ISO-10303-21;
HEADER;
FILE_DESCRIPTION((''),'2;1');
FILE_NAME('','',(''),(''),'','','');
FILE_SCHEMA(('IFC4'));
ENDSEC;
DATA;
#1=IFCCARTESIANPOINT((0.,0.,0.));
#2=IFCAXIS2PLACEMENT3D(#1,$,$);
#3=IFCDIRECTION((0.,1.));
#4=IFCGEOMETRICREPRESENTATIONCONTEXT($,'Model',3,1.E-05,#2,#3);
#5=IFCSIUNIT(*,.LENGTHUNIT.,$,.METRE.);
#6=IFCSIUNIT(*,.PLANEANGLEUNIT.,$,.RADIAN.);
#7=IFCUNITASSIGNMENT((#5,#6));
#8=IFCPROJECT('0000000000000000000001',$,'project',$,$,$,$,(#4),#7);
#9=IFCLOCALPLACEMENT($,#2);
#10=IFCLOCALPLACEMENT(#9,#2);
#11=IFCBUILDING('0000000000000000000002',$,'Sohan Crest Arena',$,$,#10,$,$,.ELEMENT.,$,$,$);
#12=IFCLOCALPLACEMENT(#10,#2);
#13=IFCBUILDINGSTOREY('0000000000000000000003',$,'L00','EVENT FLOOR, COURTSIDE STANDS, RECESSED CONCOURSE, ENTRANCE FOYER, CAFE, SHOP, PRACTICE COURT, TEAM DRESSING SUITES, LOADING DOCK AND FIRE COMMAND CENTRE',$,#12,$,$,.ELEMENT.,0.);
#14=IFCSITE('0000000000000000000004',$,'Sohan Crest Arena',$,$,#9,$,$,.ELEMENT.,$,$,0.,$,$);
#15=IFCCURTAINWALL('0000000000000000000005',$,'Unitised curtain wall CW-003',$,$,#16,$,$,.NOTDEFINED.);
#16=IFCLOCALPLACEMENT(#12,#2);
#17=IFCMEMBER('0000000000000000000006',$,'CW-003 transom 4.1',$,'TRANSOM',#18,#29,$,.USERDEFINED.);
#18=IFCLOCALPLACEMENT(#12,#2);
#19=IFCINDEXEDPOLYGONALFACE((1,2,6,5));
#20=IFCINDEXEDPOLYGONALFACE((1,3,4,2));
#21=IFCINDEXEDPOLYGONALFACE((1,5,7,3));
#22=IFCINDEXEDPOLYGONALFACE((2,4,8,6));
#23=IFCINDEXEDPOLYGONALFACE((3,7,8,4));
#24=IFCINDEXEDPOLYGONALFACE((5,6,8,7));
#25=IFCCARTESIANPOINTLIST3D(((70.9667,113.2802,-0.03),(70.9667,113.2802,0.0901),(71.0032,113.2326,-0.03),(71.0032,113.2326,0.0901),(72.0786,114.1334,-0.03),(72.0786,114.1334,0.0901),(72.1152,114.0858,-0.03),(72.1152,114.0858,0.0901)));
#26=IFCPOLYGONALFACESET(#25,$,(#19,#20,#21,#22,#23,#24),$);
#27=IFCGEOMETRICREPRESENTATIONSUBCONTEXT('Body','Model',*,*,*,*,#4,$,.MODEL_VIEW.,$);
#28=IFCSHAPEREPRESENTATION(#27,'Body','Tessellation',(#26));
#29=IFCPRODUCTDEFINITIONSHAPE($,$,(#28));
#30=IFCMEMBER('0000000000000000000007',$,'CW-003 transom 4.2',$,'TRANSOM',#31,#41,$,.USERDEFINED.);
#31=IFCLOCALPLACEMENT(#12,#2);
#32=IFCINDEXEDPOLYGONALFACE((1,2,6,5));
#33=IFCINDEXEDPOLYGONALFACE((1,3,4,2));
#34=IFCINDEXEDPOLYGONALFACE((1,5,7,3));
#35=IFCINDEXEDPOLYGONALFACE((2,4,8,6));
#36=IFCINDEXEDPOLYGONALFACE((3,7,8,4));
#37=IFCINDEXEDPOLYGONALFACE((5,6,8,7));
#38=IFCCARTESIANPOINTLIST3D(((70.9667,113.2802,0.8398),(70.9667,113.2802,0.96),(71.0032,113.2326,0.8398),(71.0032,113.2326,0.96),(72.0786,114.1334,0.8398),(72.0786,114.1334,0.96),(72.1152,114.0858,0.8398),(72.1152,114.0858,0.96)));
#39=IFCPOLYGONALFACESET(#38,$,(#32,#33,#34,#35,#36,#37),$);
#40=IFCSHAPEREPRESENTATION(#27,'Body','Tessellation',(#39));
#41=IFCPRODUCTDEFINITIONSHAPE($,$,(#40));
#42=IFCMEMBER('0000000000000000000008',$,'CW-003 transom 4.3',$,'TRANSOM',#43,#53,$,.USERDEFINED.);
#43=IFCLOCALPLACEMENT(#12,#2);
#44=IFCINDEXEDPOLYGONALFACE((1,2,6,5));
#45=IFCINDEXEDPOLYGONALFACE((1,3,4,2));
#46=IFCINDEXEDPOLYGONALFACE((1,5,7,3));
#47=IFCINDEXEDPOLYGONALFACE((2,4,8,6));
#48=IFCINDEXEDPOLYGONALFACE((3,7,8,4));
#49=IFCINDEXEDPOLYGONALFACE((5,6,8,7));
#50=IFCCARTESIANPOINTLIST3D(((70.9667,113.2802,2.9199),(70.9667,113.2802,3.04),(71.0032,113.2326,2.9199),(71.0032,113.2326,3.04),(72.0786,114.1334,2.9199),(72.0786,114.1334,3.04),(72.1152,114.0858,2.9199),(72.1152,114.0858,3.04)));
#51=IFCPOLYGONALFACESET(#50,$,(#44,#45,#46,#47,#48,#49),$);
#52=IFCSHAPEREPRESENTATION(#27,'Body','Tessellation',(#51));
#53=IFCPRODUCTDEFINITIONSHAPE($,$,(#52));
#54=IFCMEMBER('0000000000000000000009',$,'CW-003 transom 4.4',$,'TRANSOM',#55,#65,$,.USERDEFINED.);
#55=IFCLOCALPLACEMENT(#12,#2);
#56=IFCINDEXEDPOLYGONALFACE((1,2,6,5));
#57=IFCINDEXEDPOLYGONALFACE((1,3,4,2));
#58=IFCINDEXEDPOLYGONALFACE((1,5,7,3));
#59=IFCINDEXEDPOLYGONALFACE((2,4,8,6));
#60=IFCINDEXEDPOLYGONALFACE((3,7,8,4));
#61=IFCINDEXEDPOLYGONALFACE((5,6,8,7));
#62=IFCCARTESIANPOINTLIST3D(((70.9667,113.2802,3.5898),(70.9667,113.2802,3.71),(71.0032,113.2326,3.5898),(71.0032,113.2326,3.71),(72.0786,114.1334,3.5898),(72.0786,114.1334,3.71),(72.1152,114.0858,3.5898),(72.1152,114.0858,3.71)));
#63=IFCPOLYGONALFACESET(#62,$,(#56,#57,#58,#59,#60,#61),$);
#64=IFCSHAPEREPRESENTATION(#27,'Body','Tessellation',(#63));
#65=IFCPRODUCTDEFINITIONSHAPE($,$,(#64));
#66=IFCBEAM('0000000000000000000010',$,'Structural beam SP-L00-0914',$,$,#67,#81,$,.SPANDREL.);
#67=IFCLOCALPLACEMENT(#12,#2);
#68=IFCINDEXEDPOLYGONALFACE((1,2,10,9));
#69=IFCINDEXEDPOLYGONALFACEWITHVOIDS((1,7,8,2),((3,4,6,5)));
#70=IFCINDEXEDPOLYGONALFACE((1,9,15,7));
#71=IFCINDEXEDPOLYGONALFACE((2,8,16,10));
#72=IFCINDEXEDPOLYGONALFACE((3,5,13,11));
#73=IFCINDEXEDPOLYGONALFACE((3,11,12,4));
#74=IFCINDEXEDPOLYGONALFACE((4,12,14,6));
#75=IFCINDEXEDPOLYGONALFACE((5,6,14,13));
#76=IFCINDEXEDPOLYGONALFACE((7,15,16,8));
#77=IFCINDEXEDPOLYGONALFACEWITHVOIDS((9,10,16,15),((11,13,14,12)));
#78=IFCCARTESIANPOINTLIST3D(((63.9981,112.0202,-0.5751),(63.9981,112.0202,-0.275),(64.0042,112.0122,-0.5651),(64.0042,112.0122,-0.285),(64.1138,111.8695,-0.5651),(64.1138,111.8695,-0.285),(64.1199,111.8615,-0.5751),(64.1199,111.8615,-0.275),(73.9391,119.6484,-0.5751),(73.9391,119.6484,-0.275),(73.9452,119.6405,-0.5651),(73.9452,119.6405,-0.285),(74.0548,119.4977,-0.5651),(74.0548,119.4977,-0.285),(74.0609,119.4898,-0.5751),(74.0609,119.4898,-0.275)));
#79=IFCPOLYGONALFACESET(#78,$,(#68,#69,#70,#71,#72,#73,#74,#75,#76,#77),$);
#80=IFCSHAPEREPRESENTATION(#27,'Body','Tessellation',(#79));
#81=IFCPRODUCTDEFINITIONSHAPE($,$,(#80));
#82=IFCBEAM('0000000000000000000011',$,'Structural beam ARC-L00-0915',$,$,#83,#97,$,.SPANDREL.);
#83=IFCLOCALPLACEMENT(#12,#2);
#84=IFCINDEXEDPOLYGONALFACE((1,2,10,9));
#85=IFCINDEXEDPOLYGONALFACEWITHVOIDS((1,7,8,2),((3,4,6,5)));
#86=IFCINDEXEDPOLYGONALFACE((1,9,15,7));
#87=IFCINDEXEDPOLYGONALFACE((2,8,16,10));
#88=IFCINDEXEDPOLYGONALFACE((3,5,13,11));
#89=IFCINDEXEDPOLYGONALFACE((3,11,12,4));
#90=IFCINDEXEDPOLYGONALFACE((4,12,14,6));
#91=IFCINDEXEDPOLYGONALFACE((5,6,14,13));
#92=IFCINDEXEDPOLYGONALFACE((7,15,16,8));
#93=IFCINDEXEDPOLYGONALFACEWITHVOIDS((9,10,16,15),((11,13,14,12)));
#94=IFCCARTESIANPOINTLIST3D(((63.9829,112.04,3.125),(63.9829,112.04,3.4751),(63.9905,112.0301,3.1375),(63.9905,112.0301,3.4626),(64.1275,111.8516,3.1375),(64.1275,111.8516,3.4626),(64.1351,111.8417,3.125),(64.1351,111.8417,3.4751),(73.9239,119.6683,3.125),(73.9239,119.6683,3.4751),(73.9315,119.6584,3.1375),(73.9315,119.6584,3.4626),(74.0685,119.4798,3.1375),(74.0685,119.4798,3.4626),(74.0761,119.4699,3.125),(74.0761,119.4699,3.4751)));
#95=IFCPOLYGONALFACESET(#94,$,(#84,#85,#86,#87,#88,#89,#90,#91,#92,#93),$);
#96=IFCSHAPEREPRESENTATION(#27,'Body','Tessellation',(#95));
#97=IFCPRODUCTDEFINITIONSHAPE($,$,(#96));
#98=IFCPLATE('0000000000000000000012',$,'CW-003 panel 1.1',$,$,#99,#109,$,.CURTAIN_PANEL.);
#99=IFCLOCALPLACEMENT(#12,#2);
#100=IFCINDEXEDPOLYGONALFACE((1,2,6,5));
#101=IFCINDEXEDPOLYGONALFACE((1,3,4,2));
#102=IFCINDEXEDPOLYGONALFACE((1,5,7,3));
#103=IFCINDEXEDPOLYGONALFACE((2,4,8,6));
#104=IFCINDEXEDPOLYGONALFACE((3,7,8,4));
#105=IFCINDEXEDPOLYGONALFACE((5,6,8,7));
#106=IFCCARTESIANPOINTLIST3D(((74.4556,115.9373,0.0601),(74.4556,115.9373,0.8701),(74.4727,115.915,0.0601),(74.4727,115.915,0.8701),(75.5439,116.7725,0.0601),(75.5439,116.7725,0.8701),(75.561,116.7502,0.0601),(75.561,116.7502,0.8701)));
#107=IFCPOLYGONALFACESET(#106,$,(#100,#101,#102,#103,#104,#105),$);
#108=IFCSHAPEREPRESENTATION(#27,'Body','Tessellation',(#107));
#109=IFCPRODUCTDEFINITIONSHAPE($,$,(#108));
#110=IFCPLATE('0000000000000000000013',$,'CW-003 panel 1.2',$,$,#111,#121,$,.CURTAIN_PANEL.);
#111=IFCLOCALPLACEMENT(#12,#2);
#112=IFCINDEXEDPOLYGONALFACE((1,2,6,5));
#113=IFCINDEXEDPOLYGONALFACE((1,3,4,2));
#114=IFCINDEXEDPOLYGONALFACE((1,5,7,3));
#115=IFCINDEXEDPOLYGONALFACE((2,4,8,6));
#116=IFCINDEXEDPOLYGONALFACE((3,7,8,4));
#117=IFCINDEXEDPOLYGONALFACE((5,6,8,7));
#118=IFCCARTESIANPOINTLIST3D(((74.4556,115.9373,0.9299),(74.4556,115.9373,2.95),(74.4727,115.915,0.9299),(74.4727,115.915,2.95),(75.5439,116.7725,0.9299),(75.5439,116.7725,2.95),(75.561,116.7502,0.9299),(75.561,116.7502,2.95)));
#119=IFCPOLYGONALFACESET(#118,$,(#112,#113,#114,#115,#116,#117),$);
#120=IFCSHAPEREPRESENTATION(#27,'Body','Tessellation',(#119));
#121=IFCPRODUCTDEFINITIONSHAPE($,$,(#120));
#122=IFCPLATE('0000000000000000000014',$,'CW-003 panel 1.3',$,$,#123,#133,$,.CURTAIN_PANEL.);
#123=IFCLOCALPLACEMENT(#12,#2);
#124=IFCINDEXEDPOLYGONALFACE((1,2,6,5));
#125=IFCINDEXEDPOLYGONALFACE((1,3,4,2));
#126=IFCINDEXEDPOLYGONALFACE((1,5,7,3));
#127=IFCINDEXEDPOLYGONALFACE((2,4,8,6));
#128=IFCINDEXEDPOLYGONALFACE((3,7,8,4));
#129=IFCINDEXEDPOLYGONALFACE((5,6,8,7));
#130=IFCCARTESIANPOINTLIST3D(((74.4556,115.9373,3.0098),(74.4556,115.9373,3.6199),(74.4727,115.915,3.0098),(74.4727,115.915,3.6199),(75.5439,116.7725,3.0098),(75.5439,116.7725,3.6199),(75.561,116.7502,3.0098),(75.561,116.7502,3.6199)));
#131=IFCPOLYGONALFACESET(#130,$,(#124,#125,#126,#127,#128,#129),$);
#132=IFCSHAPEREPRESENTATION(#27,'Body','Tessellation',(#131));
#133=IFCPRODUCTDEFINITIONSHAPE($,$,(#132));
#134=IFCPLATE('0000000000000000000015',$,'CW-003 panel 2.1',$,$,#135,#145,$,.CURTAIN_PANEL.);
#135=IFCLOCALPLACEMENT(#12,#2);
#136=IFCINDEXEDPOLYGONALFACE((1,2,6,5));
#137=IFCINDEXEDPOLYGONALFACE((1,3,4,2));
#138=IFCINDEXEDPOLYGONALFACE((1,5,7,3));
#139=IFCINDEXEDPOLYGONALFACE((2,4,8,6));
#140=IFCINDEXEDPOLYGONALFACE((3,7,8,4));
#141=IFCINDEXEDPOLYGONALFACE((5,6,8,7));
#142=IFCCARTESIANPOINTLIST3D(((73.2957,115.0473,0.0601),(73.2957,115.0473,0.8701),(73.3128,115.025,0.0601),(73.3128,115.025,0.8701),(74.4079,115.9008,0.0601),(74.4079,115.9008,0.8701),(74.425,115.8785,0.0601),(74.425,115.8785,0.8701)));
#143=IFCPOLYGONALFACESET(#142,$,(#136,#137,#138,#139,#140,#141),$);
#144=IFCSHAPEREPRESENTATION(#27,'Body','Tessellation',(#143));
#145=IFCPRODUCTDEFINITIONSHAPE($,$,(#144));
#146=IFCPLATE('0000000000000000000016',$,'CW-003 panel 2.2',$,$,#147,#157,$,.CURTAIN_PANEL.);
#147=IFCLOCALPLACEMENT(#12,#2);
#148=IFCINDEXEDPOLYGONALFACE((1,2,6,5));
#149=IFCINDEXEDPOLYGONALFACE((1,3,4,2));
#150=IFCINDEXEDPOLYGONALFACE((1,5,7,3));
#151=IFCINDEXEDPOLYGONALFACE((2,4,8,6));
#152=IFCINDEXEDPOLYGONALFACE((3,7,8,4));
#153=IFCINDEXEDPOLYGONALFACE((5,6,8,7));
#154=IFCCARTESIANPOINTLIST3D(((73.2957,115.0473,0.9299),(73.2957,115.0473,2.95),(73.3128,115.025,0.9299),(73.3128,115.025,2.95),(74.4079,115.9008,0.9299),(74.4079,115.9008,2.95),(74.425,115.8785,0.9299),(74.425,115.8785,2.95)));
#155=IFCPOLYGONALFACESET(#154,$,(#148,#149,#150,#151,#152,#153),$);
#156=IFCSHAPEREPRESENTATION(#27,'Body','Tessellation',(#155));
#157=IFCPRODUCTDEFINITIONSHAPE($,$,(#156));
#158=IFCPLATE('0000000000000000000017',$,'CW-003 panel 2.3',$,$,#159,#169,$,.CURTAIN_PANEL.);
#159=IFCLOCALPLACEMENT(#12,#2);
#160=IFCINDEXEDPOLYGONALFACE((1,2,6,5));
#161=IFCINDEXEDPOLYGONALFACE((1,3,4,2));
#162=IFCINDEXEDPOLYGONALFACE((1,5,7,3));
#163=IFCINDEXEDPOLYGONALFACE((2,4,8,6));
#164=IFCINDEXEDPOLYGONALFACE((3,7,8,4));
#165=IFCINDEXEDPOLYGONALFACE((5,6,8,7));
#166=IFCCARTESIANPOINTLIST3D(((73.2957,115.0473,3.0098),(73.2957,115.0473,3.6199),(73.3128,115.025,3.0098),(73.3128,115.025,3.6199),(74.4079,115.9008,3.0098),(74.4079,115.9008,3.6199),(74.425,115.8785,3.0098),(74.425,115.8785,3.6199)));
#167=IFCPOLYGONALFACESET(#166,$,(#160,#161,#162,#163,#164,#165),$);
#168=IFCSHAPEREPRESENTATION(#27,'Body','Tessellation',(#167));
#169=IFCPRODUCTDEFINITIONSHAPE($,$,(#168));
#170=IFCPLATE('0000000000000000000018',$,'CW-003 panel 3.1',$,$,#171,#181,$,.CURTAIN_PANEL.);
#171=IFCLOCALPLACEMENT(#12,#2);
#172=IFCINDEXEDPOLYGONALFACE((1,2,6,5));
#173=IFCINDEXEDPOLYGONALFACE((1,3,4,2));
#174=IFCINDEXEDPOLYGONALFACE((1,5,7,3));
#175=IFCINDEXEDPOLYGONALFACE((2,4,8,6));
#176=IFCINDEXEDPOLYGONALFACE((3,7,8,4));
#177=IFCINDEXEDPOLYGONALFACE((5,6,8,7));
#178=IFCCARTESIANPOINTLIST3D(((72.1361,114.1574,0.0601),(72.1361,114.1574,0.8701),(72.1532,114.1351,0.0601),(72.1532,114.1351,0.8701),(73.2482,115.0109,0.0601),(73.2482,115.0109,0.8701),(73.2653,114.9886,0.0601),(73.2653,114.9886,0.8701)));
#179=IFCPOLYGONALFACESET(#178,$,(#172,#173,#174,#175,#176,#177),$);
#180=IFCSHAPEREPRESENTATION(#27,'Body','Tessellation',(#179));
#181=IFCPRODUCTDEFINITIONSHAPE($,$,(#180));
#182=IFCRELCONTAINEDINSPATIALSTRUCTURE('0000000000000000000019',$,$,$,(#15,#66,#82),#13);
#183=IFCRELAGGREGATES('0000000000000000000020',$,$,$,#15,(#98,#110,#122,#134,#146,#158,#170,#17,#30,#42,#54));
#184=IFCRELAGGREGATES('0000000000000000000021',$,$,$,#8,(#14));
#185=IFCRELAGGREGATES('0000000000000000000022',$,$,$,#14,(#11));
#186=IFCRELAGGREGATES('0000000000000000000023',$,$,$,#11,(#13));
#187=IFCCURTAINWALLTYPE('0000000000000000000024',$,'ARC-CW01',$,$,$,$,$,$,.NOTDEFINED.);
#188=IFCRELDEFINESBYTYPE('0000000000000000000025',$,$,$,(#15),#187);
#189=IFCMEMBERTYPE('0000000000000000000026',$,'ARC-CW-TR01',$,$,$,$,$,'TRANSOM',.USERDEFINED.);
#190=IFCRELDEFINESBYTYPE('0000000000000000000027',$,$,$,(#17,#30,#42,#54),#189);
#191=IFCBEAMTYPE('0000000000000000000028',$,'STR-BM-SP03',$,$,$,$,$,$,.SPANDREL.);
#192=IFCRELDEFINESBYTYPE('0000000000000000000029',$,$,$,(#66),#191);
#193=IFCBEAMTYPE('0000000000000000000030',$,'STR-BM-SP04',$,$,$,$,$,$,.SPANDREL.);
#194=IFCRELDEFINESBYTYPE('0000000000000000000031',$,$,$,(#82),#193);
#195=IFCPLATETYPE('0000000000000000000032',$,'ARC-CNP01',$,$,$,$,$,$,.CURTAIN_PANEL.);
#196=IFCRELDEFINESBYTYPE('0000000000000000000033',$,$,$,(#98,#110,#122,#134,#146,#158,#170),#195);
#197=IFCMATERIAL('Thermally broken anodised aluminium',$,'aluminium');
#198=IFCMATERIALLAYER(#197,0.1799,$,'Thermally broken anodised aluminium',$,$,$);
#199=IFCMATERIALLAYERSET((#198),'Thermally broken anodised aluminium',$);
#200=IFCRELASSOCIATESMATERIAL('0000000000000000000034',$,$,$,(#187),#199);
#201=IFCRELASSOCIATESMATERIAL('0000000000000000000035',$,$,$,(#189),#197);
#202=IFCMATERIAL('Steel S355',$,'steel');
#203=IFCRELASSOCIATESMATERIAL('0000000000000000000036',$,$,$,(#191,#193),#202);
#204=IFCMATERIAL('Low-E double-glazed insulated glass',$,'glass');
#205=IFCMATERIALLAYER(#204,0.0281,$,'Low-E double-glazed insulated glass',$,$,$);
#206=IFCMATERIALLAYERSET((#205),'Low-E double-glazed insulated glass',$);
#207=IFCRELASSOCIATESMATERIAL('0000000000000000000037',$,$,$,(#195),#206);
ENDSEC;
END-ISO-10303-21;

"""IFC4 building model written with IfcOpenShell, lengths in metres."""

from ifc_helpers import new_model, si_unit, direction, frame, origin, origin_2d, place, context, subcontext, project, spatial, rectangle, hollow_rectangle, extrude, material, layer, layer_set, material_profile, profile_set, type_object, element, aggregate, save


model = new_model("IFC4")

# Units and contexts
model_context = context("Model", 3, precision=1e-05, world=origin(), true_north=direction((0.0, 1.0)))
body_context = subcontext(model_context, "Body", "Model", "MODEL_VIEW")
ifc_project = project(units=[si_unit("LENGTHUNIT", "METRE"), si_unit("PLANEANGLEUNIT", "RADIAN")], contexts=[model_context])

# Site, building, storey
site_placement = place(None, origin())
site = spatial("IfcSite", under=ifc_project, at=site_placement, Name="Sohan Crest Arena", CompositionType="ELEMENT", RefElevation=0.0)
building_placement = place(site_placement, origin())
building = spatial("IfcBuilding", under=site, at=building_placement, Name="Sohan Crest Arena", CompositionType="ELEMENT")
storey_placement = place(building_placement, origin())
storey = spatial("IfcBuildingStorey", under=building, at=storey_placement, Name="L00", Description="EVENT FLOOR, COURTSIDE STANDS, RECESSED CONCOURSE, ENTRANCE FOYER, CAFE, SHOP, PRACTICE COURT, TEAM DRESSING SUITES, LOADING DOCK AND FIRE COMMAND CENTRE", CompositionType="ELEMENT", Elevation=0.0)

# Curtain wall, members
ifc_material_1 = material(Name="Thermally broken anodised aluminium", Category="aluminium")
ifc_layer_1 = layer(ifc_material_1, 0.1799, Name="Thermally broken anodised aluminium")
ifc_layer_set_1 = layer_set([ifc_layer_1], Name="Thermally broken anodised aluminium")
curtain_wall_type = type_object("IfcCurtainWallType", Name="ARC-CW01", PredefinedType="NOTDEFINED", material=ifc_layer_set_1)
curtain_wall_placement = place(storey_placement, origin())
curtain_wall = element("IfcCurtainWall", 1, at=curtain_wall_placement, inside=storey, type_object=curtain_wall_type, Name="Unitised curtain wall CW-003", PredefinedType="NOTDEFINED")
ifc_material_profile_1 = material_profile(ifc_material_1, rectangle(XDim=0.0601, YDim=0.1201, at=origin_2d()), Name="ALU-TRAN 60x120")
ifc_profile_set_1 = profile_set([ifc_material_profile_1], Name="Thermally broken anodised aluminium")
member_type_1 = type_object("IfcMemberType", Name="ARC-CW-TR01", ElementType="TRANSOM", PredefinedType="USERDEFINED", material=ifc_profile_set_1)
member_1_placement = place(storey_placement, frame((72.0969, 114.1096, 0.03), z_axis=(-0.793368, -0.608742, 0.0), x_axis=(0.608742, -0.793368, 0.0)))
member_1 = element("IfcMember", 2, at=member_1_placement, type_object=member_type_1, Name="CW-003 transom 4.1", ObjectType="TRANSOM", PredefinedType="USERDEFINED", context=body_context, shape_type="SweptSolid", body=[
    extrude(rectangle(XDim=0.0601, YDim=0.1201, at=origin_2d()), origin(), (0.0, 0.0, 1.0), 1.4016),
])
member_2_placement = place(storey_placement, frame((72.0969, 114.1096, 0.8999), z_axis=(-0.793368, -0.608742, 0.0), x_axis=(0.608742, -0.793368, 0.0)))
member_2 = element("IfcMember", 3, at=member_2_placement, type_object=member_type_1, Name="CW-003 transom 4.2", ObjectType="TRANSOM", PredefinedType="USERDEFINED", context=body_context, shape_type="SweptSolid", body=[
    extrude(rectangle(XDim=0.0601, YDim=0.1201, at=origin_2d()), origin(), (0.0, 0.0, 1.0), 1.4016),
])
member_3_placement = place(storey_placement, frame((72.0969, 114.1096, 2.98), z_axis=(-0.793368, -0.608742, 0.0), x_axis=(0.608742, -0.793368, 0.0)))
member_3 = element("IfcMember", 4, at=member_3_placement, type_object=member_type_1, Name="CW-003 transom 4.3", ObjectType="TRANSOM", PredefinedType="USERDEFINED", context=body_context, shape_type="SweptSolid", body=[
    extrude(rectangle(XDim=0.0601, YDim=0.1201, at=origin_2d()), origin(), (0.0, 0.0, 1.0), 1.4016),
])
member_4_placement = place(storey_placement, frame((72.0969, 114.1096, 3.6499), z_axis=(-0.793368, -0.608742, 0.0), x_axis=(0.608742, -0.793368, 0.0)))
member_4 = element("IfcMember", 5, at=member_4_placement, type_object=member_type_1, Name="CW-003 transom 4.4", ObjectType="TRANSOM", PredefinedType="USERDEFINED", context=body_context, shape_type="SweptSolid", body=[
    extrude(rectangle(XDim=0.0601, YDim=0.1201, at=origin_2d()), origin(), (0.0, 0.0, 1.0), 1.4016),
])

# Beams
ifc_material_2 = material(Name="Steel S355", Category="steel")
ifc_material_profile_2 = material_profile(ifc_material_2, hollow_rectangle(XDim=0.2, YDim=0.3, WallThickness=0.01, at=origin_2d()), Name="RHS 300x200x10")
ifc_profile_set_2 = profile_set([ifc_material_profile_2], Name="Steel S355")
beam_type_1 = type_object("IfcBeamType", Name="STR-BM-SP03", PredefinedType="SPANDREL", material=ifc_profile_set_2)
beam_1_placement = place(storey_placement, frame((74.0, 119.5691, -0.425), z_axis=(-0.793344, -0.608773, 0.0), x_axis=(0.608773, -0.793344, 0.0)))
element("IfcBeam", 6, at=beam_1_placement, inside=storey, type_object=beam_type_1, Name="Structural beam SP-L00-0914", PredefinedType="SPANDREL", context=body_context, shape_type="SweptSolid", body=[
    extrude(hollow_rectangle(XDim=0.2, YDim=0.3, WallThickness=0.01, at=origin_2d()), origin(), (0.0, 0.0, 1.0), 12.5305),
])
ifc_material_profile_3 = material_profile(ifc_material_2, hollow_rectangle(XDim=0.25, YDim=0.3501, WallThickness=0.0125, at=origin_2d()), Name="RHS 350x250x12.5")
ifc_profile_set_3 = profile_set([ifc_material_profile_3], Name="Steel S355")
beam_type_2 = type_object("IfcBeamType", Name="STR-BM-SP04", PredefinedType="SPANDREL", material=ifc_profile_set_3)
beam_2_placement = place(storey_placement, frame((74.0, 119.5691, 3.3), z_axis=(-0.793344, -0.608773, 0.0), x_axis=(0.608773, -0.793344, 0.0)))
element("IfcBeam", 7, at=beam_2_placement, inside=storey, type_object=beam_type_2, Name="Structural beam ARC-L00-0915", PredefinedType="SPANDREL", context=body_context, shape_type="SweptSolid", body=[
    extrude(hollow_rectangle(XDim=0.25, YDim=0.3501, WallThickness=0.0125, at=origin_2d()), origin(), (0.0, 0.0, 1.0), 12.5305),
])

# Plates
ifc_material_3 = material(Name="Low-E double-glazed insulated glass", Category="glass")
ifc_layer_2 = layer(ifc_material_3, 0.0281, Name="Low-E double-glazed insulated glass")
ifc_layer_set_2 = layer_set([ifc_layer_2], Name="Low-E double-glazed insulated glass")
plate_type = type_object("IfcPlateType", Name="ARC-CNP01", PredefinedType="CURTAIN_PANEL", material=ifc_layer_set_2)
plate_1_placement = place(storey_placement, frame((75.0083, 116.3438, 0.0601), z_axis=(0.0, 0.0, 1.0), x_axis=(-0.793323, -0.608801, 0.0)))
plate_1 = element("IfcPlate", 8, at=plate_1_placement, type_object=plate_type, Name="CW-003 panel 1.1", PredefinedType="CURTAIN_PANEL", context=body_context, shape_type="SweptSolid", body=[
    extrude(rectangle(XDim=1.3718, YDim=0.0281, at=origin_2d()), origin(), (0.0, 0.0, 1.0), 0.8101),
])
plate_2_placement = place(storey_placement, frame((75.0083, 116.3438, 0.9299), z_axis=(0.0, 0.0, 1.0), x_axis=(-0.793323, -0.608801, 0.0)))
plate_2 = element("IfcPlate", 9, at=plate_2_placement, type_object=plate_type, Name="CW-003 panel 1.2", PredefinedType="CURTAIN_PANEL", context=body_context, shape_type="SweptSolid", body=[
    extrude(rectangle(XDim=1.3718, YDim=0.0281, at=origin_2d()), origin(), (0.0, 0.0, 1.0), 2.02),
])
plate_3_placement = place(storey_placement, frame((75.0083, 116.3438, 3.0098), z_axis=(0.0, 0.0, 1.0), x_axis=(-0.793323, -0.608801, 0.0)))
plate_3 = element("IfcPlate", 10, at=plate_3_placement, type_object=plate_type, Name="CW-003 panel 1.3", PredefinedType="CURTAIN_PANEL", context=body_context, shape_type="SweptSolid", body=[
    extrude(rectangle(XDim=1.3718, YDim=0.0281, at=origin_2d()), origin(), (0.0, 0.0, 1.0), 0.6101),
])
plate_4_placement = place(storey_placement, frame((73.8604, 115.4629, 0.0601), z_axis=(0.0, 0.0, 1.0), x_axis=(-0.793323, -0.608801, 0.0)))
plate_4 = element("IfcPlate", 11, at=plate_4_placement, type_object=plate_type, Name="CW-003 panel 2.1", PredefinedType="CURTAIN_PANEL", context=body_context, shape_type="SweptSolid", body=[
    extrude(rectangle(XDim=1.4019, YDim=0.0281, at=origin_2d()), origin(), (0.0, 0.0, 1.0), 0.8101),
])
plate_5_placement = place(storey_placement, frame((73.8604, 115.4629, 0.9299), z_axis=(0.0, 0.0, 1.0), x_axis=(-0.793323, -0.608801, 0.0)))
plate_5 = element("IfcPlate", 12, at=plate_5_placement, type_object=plate_type, Name="CW-003 panel 2.2", PredefinedType="CURTAIN_PANEL", context=body_context, shape_type="SweptSolid", body=[
    extrude(rectangle(XDim=1.4019, YDim=0.0281, at=origin_2d()), origin(), (0.0, 0.0, 1.0), 2.02),
])
plate_6_placement = place(storey_placement, frame((73.8604, 115.4629, 3.0098), z_axis=(0.0, 0.0, 1.0), x_axis=(-0.793323, -0.608801, 0.0)))
plate_6 = element("IfcPlate", 13, at=plate_6_placement, type_object=plate_type, Name="CW-003 panel 2.3", PredefinedType="CURTAIN_PANEL", context=body_context, shape_type="SweptSolid", body=[
    extrude(rectangle(XDim=1.4019, YDim=0.0281, at=origin_2d()), origin(), (0.0, 0.0, 1.0), 0.6101),
])
plate_7_placement = place(storey_placement, frame((72.7007, 114.573, 0.0601), z_axis=(0.0, 0.0, 1.0), x_axis=(-0.793323, -0.608801, 0.0)))
plate_7 = element("IfcPlate", 14, at=plate_7_placement, type_object=plate_type, Name="CW-003 panel 3.1", PredefinedType="CURTAIN_PANEL", context=body_context, shape_type="SweptSolid", body=[
    extrude(rectangle(XDim=1.4019, YDim=0.0281, at=origin_2d()), origin(), (0.0, 0.0, 1.0), 0.8101),
])
aggregate(curtain_wall, [plate_1, plate_2, plate_3, plate_4, plate_5, plate_6, plate_7, member_1, member_2, member_3, member_4])

save(model, "model.ifc")
